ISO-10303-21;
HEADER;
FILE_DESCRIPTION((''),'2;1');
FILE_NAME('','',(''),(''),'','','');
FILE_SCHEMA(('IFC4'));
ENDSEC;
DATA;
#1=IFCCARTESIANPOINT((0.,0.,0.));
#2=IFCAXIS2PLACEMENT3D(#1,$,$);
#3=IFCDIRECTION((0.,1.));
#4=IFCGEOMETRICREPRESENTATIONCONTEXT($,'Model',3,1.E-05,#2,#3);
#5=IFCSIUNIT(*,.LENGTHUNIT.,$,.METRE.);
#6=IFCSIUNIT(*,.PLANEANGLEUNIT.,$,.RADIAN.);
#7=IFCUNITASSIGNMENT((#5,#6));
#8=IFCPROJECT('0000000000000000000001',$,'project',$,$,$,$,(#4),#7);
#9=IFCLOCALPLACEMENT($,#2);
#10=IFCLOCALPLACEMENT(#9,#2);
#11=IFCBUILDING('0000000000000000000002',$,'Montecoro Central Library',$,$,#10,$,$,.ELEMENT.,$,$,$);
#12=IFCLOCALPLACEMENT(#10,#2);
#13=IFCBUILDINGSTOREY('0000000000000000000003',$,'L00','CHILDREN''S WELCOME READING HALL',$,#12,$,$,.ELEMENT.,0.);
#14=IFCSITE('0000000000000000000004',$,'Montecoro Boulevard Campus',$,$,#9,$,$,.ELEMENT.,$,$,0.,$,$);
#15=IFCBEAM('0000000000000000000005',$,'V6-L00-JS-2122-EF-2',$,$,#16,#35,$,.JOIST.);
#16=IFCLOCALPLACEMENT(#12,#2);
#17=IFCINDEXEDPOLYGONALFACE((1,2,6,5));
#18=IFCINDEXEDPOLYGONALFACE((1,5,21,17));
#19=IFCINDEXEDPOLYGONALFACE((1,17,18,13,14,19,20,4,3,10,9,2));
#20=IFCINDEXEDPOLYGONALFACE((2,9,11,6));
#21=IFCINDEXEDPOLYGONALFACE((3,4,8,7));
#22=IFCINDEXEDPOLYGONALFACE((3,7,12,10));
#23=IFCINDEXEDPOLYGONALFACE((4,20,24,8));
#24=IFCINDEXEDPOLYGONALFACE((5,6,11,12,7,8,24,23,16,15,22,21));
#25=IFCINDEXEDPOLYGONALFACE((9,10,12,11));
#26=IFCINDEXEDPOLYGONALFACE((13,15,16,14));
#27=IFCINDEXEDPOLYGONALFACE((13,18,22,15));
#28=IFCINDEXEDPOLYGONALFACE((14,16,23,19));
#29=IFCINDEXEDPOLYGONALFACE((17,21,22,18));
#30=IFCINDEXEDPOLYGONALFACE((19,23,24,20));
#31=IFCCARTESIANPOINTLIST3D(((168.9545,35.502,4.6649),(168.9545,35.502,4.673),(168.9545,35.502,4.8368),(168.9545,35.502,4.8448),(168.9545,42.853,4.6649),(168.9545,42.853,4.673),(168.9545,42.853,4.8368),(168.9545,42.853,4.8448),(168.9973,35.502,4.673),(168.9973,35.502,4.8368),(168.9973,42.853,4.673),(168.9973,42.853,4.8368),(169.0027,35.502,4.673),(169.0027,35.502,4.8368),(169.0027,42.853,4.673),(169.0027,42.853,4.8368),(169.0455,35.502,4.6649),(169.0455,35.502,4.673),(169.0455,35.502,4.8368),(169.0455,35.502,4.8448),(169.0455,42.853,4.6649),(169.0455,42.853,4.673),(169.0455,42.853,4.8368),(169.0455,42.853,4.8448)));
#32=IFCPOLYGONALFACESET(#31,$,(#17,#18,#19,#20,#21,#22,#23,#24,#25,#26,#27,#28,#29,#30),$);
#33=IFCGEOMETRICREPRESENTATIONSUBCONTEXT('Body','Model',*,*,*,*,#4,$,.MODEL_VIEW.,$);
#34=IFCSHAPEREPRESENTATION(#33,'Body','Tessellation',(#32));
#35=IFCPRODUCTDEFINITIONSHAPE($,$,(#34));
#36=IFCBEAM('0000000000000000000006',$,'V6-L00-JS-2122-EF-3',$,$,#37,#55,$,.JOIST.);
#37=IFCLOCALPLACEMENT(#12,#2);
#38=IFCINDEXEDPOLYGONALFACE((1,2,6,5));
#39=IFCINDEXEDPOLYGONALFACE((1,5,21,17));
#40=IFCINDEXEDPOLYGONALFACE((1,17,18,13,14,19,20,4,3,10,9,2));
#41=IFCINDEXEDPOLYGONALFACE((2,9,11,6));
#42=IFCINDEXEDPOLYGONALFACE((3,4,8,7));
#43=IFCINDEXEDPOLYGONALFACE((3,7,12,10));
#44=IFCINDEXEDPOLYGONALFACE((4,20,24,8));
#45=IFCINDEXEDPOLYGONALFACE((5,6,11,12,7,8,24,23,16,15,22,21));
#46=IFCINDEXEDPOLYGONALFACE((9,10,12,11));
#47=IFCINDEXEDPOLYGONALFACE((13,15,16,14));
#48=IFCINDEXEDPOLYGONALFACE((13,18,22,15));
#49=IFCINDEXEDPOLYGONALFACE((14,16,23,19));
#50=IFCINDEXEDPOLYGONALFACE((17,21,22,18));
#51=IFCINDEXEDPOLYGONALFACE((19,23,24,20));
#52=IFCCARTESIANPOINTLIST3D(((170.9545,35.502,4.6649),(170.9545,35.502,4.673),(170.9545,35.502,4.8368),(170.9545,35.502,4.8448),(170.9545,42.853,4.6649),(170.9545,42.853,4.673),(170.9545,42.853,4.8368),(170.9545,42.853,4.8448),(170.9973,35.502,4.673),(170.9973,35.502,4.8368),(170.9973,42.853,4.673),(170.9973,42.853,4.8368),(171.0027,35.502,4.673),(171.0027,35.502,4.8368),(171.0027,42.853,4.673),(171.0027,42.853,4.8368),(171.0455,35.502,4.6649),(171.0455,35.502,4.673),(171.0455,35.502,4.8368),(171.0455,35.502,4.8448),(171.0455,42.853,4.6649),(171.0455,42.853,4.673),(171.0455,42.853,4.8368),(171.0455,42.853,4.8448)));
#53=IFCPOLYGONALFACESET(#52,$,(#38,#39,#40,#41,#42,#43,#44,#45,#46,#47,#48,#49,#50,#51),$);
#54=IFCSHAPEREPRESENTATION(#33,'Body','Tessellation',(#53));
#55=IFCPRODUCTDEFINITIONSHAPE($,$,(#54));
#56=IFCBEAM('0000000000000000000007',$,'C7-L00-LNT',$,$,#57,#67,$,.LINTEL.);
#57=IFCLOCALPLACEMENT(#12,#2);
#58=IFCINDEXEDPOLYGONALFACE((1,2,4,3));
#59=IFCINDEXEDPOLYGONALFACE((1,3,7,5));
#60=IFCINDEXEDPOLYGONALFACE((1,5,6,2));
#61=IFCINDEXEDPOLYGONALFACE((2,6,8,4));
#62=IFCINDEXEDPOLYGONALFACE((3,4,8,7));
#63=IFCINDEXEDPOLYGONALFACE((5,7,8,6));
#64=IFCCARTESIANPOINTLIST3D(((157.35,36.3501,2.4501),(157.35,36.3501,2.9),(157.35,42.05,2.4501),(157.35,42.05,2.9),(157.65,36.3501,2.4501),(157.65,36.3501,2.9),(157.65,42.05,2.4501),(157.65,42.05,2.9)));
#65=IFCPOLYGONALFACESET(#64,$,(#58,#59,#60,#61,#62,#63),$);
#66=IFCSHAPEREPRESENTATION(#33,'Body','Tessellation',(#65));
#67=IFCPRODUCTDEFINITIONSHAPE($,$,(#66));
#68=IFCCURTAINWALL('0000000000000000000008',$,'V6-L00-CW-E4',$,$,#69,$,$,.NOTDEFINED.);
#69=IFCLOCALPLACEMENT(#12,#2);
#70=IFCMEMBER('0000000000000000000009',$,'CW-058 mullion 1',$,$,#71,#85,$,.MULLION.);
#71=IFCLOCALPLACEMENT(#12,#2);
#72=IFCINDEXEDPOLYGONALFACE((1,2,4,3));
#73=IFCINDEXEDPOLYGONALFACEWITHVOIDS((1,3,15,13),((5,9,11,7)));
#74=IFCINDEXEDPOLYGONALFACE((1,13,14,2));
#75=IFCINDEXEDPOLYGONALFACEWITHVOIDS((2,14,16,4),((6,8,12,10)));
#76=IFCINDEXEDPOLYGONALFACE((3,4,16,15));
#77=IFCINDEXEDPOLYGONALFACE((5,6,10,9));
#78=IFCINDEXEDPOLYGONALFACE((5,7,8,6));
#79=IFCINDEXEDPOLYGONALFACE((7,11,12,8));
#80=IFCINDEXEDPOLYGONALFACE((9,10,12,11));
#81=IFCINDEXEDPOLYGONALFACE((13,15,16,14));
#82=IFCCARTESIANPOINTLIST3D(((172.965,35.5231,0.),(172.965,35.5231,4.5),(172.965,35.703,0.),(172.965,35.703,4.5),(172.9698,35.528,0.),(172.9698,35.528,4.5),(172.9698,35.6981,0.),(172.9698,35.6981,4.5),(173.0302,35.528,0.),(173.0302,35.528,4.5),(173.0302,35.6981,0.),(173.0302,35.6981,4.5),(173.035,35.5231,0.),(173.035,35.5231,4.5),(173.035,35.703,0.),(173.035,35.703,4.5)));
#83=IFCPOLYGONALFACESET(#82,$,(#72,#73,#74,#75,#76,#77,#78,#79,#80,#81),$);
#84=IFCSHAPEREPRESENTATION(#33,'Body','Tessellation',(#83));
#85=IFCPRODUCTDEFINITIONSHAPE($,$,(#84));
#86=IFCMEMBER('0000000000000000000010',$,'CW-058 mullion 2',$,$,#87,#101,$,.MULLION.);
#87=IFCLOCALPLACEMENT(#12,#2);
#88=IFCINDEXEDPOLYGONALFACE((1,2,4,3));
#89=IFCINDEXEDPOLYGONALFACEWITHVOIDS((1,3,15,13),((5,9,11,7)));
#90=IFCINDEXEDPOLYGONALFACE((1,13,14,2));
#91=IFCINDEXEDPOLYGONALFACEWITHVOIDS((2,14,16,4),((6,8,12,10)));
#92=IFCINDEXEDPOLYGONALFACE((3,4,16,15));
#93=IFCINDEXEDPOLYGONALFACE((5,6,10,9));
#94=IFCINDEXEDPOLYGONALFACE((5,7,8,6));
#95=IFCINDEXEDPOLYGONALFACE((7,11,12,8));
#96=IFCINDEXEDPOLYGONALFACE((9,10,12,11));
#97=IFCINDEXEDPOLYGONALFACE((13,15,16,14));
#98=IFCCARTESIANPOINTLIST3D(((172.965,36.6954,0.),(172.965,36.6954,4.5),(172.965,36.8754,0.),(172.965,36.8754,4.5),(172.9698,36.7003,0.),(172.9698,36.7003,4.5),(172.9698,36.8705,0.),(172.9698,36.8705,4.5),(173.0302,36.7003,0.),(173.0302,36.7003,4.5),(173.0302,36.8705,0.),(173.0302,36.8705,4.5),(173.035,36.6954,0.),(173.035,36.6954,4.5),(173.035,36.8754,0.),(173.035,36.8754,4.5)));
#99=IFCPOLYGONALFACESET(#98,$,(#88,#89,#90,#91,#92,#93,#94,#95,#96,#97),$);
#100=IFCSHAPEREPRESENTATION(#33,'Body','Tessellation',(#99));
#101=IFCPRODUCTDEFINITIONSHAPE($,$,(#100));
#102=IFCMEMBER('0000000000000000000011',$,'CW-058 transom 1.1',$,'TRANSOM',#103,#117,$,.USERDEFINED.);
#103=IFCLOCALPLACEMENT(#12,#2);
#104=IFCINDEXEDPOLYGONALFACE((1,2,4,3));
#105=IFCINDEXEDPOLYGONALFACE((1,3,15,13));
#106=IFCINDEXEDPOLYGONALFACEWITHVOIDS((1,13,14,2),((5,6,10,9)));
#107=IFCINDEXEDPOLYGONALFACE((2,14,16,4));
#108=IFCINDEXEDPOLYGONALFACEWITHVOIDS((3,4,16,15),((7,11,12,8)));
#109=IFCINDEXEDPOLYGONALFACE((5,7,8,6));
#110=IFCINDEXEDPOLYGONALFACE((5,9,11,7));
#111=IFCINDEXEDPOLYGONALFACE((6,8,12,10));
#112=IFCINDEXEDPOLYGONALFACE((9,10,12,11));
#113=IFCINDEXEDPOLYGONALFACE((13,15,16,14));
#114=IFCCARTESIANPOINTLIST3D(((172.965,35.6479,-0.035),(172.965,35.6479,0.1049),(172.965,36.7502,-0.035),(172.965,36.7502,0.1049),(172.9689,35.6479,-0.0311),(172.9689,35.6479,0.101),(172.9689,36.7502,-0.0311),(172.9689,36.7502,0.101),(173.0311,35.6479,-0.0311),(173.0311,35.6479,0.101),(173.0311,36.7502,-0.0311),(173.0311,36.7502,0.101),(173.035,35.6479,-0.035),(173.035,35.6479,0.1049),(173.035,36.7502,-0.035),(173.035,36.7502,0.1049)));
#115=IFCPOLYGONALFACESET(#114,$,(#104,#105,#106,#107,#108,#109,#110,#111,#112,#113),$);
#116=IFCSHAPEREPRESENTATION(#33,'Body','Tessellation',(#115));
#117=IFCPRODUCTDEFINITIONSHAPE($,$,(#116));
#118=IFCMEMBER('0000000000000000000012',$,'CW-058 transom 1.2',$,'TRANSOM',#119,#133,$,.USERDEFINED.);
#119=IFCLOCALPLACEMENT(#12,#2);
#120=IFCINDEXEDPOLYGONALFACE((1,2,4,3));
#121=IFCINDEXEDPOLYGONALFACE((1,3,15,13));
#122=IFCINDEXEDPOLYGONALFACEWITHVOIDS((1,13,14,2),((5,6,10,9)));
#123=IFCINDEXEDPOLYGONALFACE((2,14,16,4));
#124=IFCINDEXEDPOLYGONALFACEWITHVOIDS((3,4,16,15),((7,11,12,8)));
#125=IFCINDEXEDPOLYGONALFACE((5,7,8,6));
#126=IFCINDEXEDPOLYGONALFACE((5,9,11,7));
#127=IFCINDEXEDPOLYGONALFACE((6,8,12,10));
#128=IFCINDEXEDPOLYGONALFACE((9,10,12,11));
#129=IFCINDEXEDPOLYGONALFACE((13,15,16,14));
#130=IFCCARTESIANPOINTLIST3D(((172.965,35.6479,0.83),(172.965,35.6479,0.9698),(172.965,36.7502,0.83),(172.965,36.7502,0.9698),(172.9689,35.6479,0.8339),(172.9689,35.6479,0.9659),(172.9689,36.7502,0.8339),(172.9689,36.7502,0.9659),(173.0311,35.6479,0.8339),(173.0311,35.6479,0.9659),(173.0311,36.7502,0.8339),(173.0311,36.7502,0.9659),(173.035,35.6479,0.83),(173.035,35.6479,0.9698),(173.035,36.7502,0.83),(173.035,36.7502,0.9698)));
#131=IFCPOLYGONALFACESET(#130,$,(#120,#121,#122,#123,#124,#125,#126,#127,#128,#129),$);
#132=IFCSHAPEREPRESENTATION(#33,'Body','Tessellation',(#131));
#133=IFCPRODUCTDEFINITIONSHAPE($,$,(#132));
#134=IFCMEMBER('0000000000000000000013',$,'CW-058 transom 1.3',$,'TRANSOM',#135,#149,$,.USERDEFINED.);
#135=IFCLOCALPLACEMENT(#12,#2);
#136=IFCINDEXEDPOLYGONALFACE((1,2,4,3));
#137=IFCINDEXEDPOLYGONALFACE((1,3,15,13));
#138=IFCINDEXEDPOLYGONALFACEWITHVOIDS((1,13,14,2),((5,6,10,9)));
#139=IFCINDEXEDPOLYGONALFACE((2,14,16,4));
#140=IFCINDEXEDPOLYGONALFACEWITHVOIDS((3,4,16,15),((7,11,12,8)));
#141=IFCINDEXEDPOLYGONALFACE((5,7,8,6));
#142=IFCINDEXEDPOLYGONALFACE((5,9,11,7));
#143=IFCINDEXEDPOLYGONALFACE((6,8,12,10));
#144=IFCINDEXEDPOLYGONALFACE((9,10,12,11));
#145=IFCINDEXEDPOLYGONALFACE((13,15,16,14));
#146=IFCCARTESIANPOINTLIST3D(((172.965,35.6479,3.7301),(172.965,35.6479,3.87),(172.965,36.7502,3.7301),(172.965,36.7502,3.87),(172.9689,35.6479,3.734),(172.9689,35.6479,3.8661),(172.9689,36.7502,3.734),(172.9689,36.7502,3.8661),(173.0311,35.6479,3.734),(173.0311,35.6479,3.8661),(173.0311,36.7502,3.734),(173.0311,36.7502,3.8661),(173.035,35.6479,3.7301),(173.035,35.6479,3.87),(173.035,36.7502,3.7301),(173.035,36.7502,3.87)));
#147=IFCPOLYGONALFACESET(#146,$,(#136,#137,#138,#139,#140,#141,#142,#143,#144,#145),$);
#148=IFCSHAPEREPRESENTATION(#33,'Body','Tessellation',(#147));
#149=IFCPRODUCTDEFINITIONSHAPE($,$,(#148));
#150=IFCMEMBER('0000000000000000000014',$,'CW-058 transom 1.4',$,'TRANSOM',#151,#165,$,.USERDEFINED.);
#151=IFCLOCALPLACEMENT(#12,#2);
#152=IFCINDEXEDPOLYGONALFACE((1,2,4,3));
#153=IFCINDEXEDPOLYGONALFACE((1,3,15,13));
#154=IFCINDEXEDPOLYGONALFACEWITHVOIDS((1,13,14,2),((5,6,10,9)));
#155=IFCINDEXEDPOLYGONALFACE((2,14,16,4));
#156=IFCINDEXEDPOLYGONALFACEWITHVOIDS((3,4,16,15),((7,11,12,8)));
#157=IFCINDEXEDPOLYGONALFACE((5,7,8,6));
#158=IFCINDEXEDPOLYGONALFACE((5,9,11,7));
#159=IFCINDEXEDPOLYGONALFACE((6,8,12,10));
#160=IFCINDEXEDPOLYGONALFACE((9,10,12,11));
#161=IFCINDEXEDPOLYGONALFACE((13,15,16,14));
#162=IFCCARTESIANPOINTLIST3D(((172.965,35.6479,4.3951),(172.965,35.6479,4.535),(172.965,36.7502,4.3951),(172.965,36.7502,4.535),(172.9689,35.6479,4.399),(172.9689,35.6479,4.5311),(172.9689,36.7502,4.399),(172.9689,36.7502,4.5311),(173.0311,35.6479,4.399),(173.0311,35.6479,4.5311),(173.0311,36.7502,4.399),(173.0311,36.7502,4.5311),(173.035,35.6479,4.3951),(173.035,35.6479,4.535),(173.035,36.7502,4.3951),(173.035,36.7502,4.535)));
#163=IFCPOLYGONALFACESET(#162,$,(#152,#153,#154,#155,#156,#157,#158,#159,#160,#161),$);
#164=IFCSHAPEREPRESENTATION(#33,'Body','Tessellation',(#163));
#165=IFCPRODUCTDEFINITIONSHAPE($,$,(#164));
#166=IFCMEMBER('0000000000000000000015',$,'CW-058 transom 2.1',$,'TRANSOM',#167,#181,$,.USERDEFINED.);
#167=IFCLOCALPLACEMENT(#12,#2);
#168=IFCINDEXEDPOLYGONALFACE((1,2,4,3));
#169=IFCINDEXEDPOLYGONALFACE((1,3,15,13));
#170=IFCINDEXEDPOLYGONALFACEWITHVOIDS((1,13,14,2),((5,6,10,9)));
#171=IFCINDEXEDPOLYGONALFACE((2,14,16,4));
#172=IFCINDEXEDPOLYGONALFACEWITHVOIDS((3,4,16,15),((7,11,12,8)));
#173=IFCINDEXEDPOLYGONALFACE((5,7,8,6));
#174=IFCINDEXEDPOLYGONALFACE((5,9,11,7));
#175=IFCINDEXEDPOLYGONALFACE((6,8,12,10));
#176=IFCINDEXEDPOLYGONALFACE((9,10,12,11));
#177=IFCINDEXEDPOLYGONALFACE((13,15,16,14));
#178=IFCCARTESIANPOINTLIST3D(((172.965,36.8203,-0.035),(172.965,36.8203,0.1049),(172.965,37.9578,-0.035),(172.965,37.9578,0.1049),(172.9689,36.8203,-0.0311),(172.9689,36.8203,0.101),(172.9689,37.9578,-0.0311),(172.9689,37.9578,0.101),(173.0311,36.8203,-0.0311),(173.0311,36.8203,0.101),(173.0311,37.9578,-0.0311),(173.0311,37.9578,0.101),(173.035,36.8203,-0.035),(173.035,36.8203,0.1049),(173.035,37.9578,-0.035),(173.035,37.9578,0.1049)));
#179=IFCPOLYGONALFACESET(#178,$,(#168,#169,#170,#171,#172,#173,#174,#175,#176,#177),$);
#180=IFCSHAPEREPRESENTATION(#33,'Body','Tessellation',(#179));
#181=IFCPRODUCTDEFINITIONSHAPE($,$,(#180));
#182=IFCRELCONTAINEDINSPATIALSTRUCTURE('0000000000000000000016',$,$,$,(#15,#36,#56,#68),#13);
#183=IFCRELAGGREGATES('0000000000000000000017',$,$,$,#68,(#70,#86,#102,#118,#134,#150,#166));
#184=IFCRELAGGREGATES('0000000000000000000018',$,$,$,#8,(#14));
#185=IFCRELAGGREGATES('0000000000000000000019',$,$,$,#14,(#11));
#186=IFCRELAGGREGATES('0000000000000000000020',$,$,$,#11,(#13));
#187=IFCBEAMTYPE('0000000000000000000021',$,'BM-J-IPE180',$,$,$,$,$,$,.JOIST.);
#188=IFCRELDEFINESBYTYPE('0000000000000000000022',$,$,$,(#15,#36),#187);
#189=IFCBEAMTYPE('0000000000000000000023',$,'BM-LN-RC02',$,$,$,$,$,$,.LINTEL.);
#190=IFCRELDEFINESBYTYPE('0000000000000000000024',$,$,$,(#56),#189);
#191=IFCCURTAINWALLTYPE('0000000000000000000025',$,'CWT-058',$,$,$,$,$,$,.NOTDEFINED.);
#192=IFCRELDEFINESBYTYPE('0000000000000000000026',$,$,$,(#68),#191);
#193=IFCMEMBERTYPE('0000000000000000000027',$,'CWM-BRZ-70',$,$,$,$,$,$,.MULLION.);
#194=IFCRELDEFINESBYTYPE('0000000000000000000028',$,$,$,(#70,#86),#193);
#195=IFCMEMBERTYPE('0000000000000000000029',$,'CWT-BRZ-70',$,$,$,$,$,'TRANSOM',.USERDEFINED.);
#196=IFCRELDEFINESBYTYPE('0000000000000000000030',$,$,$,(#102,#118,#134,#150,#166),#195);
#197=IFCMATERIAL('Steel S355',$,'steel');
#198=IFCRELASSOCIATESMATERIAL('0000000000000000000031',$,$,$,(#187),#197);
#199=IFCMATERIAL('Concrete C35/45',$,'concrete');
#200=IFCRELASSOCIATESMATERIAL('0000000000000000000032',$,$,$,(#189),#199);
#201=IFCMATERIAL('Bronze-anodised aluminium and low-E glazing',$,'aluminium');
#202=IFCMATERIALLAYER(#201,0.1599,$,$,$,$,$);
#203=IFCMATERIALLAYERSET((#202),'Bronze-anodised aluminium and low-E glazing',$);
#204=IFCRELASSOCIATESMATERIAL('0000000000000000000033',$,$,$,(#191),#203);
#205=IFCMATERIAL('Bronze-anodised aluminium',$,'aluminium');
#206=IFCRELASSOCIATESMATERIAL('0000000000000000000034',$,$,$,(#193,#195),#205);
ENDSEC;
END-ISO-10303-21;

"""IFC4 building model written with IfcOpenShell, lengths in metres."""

from ifc_helpers import new_model, si_unit, direction, frame, origin, origin_2d, place, context, subcontext, project, spatial, rectangle, hollow_rectangle, i_section, extrude, material, layer, layer_set, material_profile, profile_set, type_object, element, aggregate, save


model = new_model("IFC4")

# Units and contexts
model_context = context("Model", 3, precision=1e-05, world=origin(), true_north=direction((0.0, 1.0)))
body_context = subcontext(model_context, "Body", "Model", "MODEL_VIEW")
ifc_project = project(units=[si_unit("LENGTHUNIT", "METRE"), si_unit("PLANEANGLEUNIT", "RADIAN")], contexts=[model_context])

# Site, building, storey
site_placement = place(None, origin())
site = spatial("IfcSite", under=ifc_project, at=site_placement, Name="Montecoro Boulevard Campus", CompositionType="ELEMENT", RefElevation=0.0)
building_placement = place(site_placement, origin())
building = spatial("IfcBuilding", under=site, at=building_placement, Name="Montecoro Central Library", CompositionType="ELEMENT")
storey_placement = place(building_placement, origin())
storey = spatial("IfcBuildingStorey", under=building, at=storey_placement, Name="L00", Description="CHILDREN'S WELCOME READING HALL", CompositionType="ELEMENT", Elevation=0.0)

# Beams
ifc_material_1 = material(Name="Steel S355", Category="steel")
ifc_material_profile_1 = material_profile(ifc_material_1, i_section(OverallWidth=0.0911, OverallDepth=0.1799, WebThickness=0.0054, FlangeThickness=0.0081, at=origin_2d()), Name="IPE 180")
ifc_profile_set_1 = profile_set([ifc_material_profile_1], Name="Steel S355")
beam_type_1 = type_object("IfcBeamType", Name="BM-J-IPE180", PredefinedType="JOIST", material=ifc_profile_set_1)
for number, where, z_axis, x_axis, name in (
    (1, (169.0, 35.502, 4.7549), (0.0, 1.0, 0.0), (-1.0, 0.0, 0.0), "V6-L00-JS-2122-EF-2"),
    (2, (171.0, 35.502, 4.7549), (0.0, 1.0, 0.0), (-1.0, 0.0, 0.0), "V6-L00-JS-2122-EF-3"),
):
    element("IfcBeam", number, at=place(storey_placement, frame(where, z_axis=z_axis, x_axis=x_axis)), inside=storey, type_object=beam_type_1, Name=name, PredefinedType="JOIST", context=body_context, shape_type="SweptSolid", body=[
        extrude(i_section(OverallWidth=0.0911, OverallDepth=0.1799, WebThickness=0.0054, FlangeThickness=0.0081, at=origin_2d()), origin(), (0.0, 0.0, 1.0), 7.3511),
    ])
ifc_material_2 = material(Name="Concrete C35/45", Category="concrete")
ifc_material_profile_2 = material_profile(ifc_material_2, rectangle(XDim=0.3, YDim=0.45, at=origin_2d()), Name="RC LNT 450x300")
ifc_profile_set_2 = profile_set([ifc_material_profile_2], Name="Concrete C35/45")
beam_type_2 = type_object("IfcBeamType", Name="BM-LN-RC02", PredefinedType="LINTEL", material=ifc_profile_set_2)
beam_placement = place(storey_placement, frame((157.5, 36.3501, 2.675), z_axis=(0.0, 1.0, 0.0), x_axis=(-1.0, 0.0, 0.0)))
element("IfcBeam", 3, at=beam_placement, inside=storey, type_object=beam_type_2, Name="C7-L00-LNT", PredefinedType="LINTEL", context=body_context, shape_type="SweptSolid", body=[
    extrude(rectangle(XDim=0.3, YDim=0.45, at=origin_2d()), origin(), (0.0, 0.0, 1.0), 5.7),
])

# Curtain wall, members
ifc_material_3 = material(Name="Bronze-anodised aluminium and low-E glazing", Category="aluminium")
ifc_layer_1 = layer(ifc_material_3, 0.1599)
ifc_layer_set_1 = layer_set([ifc_layer_1], Name="Bronze-anodised aluminium and low-E glazing")
curtain_wall_type = type_object("IfcCurtainWallType", Name="CWT-058", PredefinedType="NOTDEFINED", material=ifc_layer_set_1)
curtain_wall_placement = place(storey_placement, origin())
curtain_wall = element("IfcCurtainWall", 4, at=curtain_wall_placement, inside=storey, type_object=curtain_wall_type, Name="V6-L00-CW-E4", PredefinedType="NOTDEFINED")
ifc_material_4 = material(Name="Bronze-anodised aluminium", Category="aluminium")
ifc_material_profile_3 = material_profile(ifc_material_4, hollow_rectangle(XDim=0.0701, YDim=0.1799, WallThickness=0.0049, at=origin_2d()), Name="CWM 180x70x5.0")
ifc_profile_set_3 = profile_set([ifc_material_profile_3], Name="Bronze-anodised aluminium")
member_type_1 = type_object("IfcMemberType", Name="CWM-BRZ-70", PredefinedType="MULLION", material=ifc_profile_set_3)
member_1_placement = place(storey_placement, frame((173.0, 35.613, 0.0), z_axis=(0.0, 0.0, 1.0), x_axis=(-1.0, 0.0, 0.0)))
member_1 = element("IfcMember", 5, at=member_1_placement, type_object=member_type_1, Name="CW-058 mullion 1", PredefinedType="MULLION", context=body_context, shape_type="SweptSolid", body=[
    extrude(hollow_rectangle(XDim=0.0701, YDim=0.1799, WallThickness=0.0049, at=origin_2d()), origin(), (0.0, 0.0, 1.0), 4.5),
])
member_2_placement = place(storey_placement, frame((173.0, 36.7854, 0.0), z_axis=(0.0, 0.0, 1.0), x_axis=(-1.0, 0.0, 0.0)))
member_2 = element("IfcMember", 6, at=member_2_placement, type_object=member_type_1, Name="CW-058 mullion 2", PredefinedType="MULLION", context=body_context, shape_type="SweptSolid", body=[
    extrude(hollow_rectangle(XDim=0.0701, YDim=0.1799, WallThickness=0.0049, at=origin_2d()), origin(), (0.0, 0.0, 1.0), 4.5),
])
ifc_material_profile_4 = material_profile(ifc_material_4, hollow_rectangle(XDim=0.0701, YDim=0.1399, WallThickness=0.0039, at=origin_2d()), Name="CWT 140x70x4.0")
ifc_profile_set_4 = profile_set([ifc_material_profile_4], Name="Bronze-anodised aluminium")
member_type_2 = type_object("IfcMemberType", Name="CWT-BRZ-70", ElementType="TRANSOM", PredefinedType="USERDEFINED", material=ifc_profile_set_4)
member_3_placement = place(storey_placement, frame((173.0, 35.6479, 0.0349), z_axis=(0.0, 1.0, 0.0), x_axis=(-1.0, 0.0, 0.0)))
member_3 = element("IfcMember", 7, at=member_3_placement, type_object=member_type_2, Name="CW-058 transom 1.1", ObjectType="TRANSOM", PredefinedType="USERDEFINED", context=body_context, shape_type="SweptSolid", body=[
    extrude(hollow_rectangle(XDim=0.0701, YDim=0.1399, WallThickness=0.0039, at=origin_2d()), origin(), (0.0, 0.0, 1.0), 1.1023),
])
member_4_placement = place(storey_placement, frame((173.0, 35.6479, 0.8999), z_axis=(0.0, 1.0, 0.0), x_axis=(-1.0, 0.0, 0.0)))
member_4 = element("IfcMember", 8, at=member_4_placement, type_object=member_type_2, Name="CW-058 transom 1.2", ObjectType="TRANSOM", PredefinedType="USERDEFINED", context=body_context, shape_type="SweptSolid", body=[
    extrude(hollow_rectangle(XDim=0.0701, YDim=0.1399, WallThickness=0.0039, at=origin_2d()), origin(), (0.0, 0.0, 1.0), 1.1023),
])
member_5_placement = place(storey_placement, frame((173.0, 35.6479, 3.8), z_axis=(0.0, 1.0, 0.0), x_axis=(-1.0, 0.0, 0.0)))
member_5 = element("IfcMember", 9, at=member_5_placement, type_object=member_type_2, Name="CW-058 transom 1.3", ObjectType="TRANSOM", PredefinedType="USERDEFINED", context=body_context, shape_type="SweptSolid", body=[
    extrude(hollow_rectangle(XDim=0.0701, YDim=0.1399, WallThickness=0.0039, at=origin_2d()), origin(), (0.0, 0.0, 1.0), 1.1023),
])
member_6_placement = place(storey_placement, frame((173.0, 35.6479, 4.4651), z_axis=(0.0, 1.0, 0.0), x_axis=(-1.0, 0.0, 0.0)))
member_6 = element("IfcMember", 10, at=member_6_placement, type_object=member_type_2, Name="CW-058 transom 1.4", ObjectType="TRANSOM", PredefinedType="USERDEFINED", context=body_context, shape_type="SweptSolid", body=[
    extrude(hollow_rectangle(XDim=0.0701, YDim=0.1399, WallThickness=0.0039, at=origin_2d()), origin(), (0.0, 0.0, 1.0), 1.1023),
])
member_7_placement = place(storey_placement, frame((173.0, 36.8203, 0.0349), z_axis=(0.0, 1.0, 0.0), x_axis=(-1.0, 0.0, 0.0)))
member_7 = element("IfcMember", 11, at=member_7_placement, type_object=member_type_2, Name="CW-058 transom 2.1", ObjectType="TRANSOM", PredefinedType="USERDEFINED", context=body_context, shape_type="SweptSolid", body=[
    extrude(hollow_rectangle(XDim=0.0701, YDim=0.1399, WallThickness=0.0039, at=origin_2d()), origin(), (0.0, 0.0, 1.0), 1.1375),
])
aggregate(curtain_wall, [member_1, member_2, member_3, member_4, member_5, member_6, member_7])

save(model, "model.ifc")
